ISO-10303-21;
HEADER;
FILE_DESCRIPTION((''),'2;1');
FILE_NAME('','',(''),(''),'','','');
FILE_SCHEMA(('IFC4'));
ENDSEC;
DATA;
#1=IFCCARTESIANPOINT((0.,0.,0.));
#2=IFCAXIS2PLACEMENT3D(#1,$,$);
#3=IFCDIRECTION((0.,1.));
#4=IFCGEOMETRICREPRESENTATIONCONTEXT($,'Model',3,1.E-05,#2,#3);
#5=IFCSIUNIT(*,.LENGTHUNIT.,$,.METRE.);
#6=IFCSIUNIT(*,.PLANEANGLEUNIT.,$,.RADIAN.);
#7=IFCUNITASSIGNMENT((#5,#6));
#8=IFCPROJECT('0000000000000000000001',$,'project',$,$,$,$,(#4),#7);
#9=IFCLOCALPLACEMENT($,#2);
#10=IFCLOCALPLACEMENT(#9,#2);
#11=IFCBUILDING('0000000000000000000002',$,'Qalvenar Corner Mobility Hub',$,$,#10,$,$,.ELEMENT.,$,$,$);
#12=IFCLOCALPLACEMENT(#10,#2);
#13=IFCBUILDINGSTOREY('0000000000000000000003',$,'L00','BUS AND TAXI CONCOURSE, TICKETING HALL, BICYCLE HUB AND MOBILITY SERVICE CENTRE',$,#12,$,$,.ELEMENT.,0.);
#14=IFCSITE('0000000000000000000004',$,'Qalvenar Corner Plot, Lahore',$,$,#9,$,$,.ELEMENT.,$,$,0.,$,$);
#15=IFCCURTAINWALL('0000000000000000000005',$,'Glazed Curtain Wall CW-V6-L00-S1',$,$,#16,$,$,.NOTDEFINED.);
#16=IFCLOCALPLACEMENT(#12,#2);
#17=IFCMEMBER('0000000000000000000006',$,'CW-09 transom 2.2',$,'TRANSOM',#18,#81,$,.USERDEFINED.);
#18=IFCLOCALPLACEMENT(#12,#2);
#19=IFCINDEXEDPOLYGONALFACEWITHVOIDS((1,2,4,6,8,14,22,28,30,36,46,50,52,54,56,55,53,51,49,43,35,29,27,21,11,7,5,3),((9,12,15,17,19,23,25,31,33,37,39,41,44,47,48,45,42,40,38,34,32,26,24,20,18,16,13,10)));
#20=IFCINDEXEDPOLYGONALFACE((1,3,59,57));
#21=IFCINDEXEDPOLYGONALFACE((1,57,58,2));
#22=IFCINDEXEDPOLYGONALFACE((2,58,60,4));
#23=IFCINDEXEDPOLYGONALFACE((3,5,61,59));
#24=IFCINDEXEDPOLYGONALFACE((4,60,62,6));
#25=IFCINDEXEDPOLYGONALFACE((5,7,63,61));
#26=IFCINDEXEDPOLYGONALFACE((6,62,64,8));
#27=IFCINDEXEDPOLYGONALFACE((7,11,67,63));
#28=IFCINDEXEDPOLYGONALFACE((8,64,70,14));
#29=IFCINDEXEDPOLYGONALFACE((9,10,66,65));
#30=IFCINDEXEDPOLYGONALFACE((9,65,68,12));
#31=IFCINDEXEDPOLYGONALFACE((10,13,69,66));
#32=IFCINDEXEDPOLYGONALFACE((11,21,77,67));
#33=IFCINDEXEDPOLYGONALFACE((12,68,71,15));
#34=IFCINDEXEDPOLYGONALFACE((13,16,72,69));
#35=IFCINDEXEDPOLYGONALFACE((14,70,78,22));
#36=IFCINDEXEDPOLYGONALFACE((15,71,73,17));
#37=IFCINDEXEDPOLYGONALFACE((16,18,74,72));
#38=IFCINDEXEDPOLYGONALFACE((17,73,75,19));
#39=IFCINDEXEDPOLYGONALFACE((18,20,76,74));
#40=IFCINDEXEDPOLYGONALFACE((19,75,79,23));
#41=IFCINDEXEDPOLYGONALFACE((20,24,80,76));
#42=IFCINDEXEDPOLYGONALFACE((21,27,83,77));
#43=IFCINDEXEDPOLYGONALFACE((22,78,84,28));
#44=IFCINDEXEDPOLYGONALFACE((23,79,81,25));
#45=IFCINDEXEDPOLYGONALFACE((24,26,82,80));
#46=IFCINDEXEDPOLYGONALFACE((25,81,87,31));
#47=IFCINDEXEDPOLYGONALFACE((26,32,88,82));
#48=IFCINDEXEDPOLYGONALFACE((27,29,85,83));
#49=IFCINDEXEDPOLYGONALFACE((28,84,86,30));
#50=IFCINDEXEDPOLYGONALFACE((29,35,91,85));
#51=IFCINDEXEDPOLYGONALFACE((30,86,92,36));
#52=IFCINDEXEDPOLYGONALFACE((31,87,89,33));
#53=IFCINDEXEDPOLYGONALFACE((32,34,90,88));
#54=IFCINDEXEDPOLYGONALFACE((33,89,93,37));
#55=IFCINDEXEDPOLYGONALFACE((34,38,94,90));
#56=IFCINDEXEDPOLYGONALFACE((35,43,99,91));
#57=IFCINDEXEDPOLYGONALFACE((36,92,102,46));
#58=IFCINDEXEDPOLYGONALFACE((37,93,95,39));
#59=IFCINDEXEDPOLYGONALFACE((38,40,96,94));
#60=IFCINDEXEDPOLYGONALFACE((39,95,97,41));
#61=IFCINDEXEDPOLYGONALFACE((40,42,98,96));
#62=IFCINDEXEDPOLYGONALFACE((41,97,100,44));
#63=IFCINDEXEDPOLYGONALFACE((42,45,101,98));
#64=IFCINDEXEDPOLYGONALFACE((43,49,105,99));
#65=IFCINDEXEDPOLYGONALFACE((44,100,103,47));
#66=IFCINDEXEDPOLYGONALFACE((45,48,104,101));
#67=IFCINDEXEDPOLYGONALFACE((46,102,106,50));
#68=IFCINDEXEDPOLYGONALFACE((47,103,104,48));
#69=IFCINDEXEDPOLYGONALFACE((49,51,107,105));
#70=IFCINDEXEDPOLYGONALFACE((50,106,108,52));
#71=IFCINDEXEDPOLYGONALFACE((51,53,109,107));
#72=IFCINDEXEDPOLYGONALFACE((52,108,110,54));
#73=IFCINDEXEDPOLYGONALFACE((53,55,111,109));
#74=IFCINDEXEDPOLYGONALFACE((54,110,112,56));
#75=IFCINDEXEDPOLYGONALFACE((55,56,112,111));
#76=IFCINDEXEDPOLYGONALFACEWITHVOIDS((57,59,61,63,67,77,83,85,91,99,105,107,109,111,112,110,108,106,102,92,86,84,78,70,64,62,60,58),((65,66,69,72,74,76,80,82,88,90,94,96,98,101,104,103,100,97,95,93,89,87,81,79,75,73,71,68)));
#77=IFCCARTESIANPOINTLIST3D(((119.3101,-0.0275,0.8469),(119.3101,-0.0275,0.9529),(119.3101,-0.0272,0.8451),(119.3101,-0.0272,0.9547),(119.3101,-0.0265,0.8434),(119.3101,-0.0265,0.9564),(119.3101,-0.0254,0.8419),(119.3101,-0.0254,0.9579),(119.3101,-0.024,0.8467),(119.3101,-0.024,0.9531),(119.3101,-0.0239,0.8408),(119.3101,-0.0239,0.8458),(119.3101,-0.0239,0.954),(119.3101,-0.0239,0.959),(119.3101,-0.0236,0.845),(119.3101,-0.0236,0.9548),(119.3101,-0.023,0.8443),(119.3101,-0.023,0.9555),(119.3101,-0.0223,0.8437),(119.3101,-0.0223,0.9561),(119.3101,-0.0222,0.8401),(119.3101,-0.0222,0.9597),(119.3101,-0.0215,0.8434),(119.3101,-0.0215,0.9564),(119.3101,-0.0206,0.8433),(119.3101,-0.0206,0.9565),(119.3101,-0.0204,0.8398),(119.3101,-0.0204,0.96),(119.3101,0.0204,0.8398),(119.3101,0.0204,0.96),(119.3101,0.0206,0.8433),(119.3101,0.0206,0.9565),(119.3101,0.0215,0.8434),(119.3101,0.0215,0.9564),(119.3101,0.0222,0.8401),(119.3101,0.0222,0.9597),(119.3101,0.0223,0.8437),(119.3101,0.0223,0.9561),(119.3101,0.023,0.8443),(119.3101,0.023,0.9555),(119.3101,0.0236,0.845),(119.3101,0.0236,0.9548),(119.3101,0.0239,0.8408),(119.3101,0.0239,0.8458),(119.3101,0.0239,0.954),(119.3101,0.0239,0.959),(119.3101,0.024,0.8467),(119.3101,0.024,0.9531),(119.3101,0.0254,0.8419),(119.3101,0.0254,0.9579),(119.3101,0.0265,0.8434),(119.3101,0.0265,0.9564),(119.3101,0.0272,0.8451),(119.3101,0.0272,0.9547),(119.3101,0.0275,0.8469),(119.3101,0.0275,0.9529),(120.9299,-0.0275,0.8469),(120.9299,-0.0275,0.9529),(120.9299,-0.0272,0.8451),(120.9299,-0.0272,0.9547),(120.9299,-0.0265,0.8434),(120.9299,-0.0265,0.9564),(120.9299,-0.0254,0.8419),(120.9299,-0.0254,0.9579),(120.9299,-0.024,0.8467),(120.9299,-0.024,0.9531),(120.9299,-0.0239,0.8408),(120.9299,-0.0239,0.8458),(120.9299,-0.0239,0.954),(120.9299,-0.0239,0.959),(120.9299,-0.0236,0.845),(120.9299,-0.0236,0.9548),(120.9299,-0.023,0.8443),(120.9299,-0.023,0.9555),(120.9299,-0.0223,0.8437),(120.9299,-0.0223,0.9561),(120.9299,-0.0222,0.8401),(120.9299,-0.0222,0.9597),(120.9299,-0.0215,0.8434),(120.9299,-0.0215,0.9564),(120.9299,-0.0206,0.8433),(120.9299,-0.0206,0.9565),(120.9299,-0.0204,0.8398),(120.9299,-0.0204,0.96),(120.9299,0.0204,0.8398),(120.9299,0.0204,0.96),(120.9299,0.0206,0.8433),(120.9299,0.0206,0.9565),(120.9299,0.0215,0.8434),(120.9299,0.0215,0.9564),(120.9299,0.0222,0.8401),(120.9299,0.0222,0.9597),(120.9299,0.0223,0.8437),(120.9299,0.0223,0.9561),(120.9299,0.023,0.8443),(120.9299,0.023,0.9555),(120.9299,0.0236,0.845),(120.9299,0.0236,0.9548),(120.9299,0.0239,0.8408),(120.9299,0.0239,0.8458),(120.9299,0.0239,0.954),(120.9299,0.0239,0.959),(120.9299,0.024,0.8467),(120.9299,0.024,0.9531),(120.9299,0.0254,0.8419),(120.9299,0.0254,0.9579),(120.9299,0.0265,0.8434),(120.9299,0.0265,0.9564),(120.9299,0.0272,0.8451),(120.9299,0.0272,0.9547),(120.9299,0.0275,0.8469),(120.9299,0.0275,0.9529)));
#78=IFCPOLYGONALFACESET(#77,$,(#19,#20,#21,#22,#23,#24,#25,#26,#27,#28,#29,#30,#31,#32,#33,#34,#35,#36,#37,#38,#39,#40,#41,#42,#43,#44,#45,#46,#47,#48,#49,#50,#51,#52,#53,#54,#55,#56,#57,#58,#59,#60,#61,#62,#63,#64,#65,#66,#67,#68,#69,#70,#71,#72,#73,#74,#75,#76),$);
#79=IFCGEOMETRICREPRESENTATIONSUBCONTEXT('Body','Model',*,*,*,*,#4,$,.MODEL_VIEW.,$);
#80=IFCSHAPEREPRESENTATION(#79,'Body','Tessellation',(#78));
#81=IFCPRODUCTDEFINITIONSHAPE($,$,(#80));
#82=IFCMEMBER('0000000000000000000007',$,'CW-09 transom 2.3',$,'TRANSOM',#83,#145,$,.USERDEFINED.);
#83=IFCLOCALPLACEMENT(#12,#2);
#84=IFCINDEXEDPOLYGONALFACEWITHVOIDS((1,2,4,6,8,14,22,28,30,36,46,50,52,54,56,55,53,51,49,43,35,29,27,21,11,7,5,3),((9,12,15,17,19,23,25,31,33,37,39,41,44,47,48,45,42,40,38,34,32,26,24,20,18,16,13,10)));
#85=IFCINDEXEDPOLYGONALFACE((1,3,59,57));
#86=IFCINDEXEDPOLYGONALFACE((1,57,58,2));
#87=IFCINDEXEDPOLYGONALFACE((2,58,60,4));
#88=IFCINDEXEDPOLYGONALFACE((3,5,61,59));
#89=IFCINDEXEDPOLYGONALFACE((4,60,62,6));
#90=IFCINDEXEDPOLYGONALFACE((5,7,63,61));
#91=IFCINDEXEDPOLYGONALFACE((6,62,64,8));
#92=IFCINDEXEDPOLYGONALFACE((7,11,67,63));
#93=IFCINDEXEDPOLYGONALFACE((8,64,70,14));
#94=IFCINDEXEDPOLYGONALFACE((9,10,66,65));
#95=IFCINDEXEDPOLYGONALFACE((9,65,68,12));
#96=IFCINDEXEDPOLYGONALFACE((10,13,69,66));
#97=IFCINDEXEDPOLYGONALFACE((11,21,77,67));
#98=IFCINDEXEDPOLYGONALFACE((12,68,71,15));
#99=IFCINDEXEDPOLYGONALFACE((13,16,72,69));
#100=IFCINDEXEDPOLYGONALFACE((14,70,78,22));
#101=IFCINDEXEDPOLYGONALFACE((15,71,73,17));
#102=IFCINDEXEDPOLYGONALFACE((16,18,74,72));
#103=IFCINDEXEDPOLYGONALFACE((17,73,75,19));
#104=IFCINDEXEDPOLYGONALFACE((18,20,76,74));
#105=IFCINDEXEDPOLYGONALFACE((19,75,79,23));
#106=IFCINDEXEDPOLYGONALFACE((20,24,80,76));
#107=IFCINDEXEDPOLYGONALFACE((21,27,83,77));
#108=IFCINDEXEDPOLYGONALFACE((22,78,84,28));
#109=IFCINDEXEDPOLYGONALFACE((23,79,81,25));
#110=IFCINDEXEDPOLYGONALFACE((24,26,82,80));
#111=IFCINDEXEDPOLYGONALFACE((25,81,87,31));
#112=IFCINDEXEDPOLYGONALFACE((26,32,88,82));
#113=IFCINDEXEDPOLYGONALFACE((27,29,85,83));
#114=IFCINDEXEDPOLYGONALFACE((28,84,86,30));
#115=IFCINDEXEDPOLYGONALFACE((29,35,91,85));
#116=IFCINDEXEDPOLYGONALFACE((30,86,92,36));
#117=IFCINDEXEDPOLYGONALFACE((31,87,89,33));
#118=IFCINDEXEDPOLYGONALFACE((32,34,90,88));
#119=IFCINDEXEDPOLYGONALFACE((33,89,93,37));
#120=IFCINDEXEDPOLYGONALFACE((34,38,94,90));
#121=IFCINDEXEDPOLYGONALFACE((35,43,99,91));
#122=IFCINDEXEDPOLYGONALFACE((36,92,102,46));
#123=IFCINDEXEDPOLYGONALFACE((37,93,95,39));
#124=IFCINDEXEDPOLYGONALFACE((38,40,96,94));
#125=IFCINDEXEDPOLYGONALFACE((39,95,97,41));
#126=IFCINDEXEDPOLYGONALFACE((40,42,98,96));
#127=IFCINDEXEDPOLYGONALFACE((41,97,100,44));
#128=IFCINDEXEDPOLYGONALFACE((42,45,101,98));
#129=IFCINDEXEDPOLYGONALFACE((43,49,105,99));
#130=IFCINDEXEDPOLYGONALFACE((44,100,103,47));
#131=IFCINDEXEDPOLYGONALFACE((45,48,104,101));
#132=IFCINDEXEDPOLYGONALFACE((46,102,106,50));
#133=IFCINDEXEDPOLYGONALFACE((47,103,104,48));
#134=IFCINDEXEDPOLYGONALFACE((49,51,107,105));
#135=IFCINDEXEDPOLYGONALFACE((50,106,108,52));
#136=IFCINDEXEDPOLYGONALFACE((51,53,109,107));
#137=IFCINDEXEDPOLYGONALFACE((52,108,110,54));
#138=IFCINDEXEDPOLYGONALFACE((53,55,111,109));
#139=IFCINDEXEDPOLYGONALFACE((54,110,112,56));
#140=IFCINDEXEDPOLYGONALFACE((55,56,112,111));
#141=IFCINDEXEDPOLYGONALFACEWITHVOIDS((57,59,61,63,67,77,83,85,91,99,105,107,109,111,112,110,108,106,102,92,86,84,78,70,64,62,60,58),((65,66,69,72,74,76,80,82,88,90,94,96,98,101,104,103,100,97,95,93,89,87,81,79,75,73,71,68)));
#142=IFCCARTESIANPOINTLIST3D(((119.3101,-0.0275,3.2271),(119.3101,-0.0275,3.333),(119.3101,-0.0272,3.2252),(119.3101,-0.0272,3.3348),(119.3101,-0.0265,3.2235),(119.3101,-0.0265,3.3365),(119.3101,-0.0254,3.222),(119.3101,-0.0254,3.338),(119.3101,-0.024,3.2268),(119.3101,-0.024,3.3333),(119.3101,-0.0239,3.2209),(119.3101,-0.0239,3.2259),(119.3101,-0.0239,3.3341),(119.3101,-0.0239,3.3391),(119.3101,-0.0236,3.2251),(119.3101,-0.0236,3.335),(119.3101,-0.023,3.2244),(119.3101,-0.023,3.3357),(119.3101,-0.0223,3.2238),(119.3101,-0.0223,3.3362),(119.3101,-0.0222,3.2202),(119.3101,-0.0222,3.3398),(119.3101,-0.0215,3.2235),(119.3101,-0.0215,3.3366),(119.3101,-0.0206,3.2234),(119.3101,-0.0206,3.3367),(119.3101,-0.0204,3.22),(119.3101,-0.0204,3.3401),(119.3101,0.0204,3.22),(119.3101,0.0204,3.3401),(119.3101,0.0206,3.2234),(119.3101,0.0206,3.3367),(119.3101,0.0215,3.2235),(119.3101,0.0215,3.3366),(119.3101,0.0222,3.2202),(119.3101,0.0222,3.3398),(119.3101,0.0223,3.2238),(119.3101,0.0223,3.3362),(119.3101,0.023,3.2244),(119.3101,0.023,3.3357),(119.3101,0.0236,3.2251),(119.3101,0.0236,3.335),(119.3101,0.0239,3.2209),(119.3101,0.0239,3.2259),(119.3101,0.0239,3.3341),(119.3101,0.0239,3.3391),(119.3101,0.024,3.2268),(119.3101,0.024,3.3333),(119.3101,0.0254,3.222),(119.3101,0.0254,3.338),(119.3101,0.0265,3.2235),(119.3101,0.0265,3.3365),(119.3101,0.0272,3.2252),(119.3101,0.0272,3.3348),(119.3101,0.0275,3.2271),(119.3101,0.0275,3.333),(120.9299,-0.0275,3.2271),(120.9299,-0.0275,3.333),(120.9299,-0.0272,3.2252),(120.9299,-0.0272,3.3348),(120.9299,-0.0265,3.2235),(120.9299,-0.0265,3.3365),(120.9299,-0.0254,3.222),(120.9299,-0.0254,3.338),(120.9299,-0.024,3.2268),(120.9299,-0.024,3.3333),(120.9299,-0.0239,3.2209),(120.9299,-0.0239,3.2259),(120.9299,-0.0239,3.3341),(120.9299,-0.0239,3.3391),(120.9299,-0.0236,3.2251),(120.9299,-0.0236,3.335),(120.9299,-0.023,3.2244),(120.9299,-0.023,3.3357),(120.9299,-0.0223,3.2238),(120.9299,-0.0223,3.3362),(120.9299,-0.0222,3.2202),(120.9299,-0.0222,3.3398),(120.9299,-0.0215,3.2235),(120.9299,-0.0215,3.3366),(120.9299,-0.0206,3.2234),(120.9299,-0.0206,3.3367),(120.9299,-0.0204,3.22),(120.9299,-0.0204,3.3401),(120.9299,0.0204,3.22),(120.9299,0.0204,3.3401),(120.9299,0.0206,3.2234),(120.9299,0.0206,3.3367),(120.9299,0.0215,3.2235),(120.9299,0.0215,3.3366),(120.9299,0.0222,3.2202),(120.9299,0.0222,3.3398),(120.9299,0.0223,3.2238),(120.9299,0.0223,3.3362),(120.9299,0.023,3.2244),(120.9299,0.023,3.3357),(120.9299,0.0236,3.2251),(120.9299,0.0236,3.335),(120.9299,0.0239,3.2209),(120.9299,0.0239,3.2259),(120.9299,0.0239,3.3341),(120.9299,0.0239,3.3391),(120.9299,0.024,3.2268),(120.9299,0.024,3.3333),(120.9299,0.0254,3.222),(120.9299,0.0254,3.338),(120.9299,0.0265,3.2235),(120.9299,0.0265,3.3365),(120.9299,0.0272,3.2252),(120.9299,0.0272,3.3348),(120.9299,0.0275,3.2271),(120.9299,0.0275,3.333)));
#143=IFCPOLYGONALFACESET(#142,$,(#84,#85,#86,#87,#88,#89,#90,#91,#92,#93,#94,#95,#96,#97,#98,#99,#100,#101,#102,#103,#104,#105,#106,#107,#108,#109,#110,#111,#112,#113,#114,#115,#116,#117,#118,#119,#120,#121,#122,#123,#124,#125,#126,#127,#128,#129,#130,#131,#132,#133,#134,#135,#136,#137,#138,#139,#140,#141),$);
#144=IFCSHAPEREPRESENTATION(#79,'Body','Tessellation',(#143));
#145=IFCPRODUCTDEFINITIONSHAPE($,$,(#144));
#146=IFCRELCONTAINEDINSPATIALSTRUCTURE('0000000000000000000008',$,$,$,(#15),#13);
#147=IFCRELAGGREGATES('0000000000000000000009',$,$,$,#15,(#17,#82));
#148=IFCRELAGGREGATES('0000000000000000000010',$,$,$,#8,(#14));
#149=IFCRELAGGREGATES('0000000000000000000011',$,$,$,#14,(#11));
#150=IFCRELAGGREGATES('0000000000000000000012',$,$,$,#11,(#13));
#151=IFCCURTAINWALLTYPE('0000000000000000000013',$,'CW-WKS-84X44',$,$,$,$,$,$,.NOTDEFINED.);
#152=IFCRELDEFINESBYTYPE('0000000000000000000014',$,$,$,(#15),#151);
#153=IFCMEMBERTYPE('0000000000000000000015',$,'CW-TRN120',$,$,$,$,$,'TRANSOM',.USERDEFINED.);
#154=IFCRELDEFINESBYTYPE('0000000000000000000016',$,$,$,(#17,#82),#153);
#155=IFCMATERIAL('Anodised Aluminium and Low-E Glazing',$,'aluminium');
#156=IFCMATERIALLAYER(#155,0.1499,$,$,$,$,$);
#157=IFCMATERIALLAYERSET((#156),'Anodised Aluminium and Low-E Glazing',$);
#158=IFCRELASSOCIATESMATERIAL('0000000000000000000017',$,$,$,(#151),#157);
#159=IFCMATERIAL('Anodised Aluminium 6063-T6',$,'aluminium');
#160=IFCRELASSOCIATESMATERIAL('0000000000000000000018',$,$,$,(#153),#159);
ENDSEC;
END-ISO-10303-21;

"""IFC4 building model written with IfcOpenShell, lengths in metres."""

from ifc_helpers import new_model, si_unit, direction, frame, origin, origin_2d, place, context, subcontext, project, spatial, hollow_rectangle, extrude, material, layer, layer_set, material_profile, profile_set, type_object, element, aggregate, save


model = new_model("IFC4")

# Units and contexts
model_context = context("Model", 3, precision=1e-05, world=origin(), true_north=direction((0.0, 1.0)))
body_context = subcontext(model_context, "Body", "Model", "MODEL_VIEW")
ifc_project = project(units=[si_unit("LENGTHUNIT", "METRE"), si_unit("PLANEANGLEUNIT", "RADIAN")], contexts=[model_context])

# Site, building, storey
site_placement = place(None, origin())
site = spatial("IfcSite", under=ifc_project, at=site_placement, Name="Qalvenar Corner Plot, Lahore", CompositionType="ELEMENT", RefElevation=0.0)
building_placement = place(site_placement, origin())
building = spatial("IfcBuilding", under=site, at=building_placement, Name="Qalvenar Corner Mobility Hub", CompositionType="ELEMENT")
storey_placement = place(building_placement, origin())
storey = spatial("IfcBuildingStorey", under=building, at=storey_placement, Name="L00", Description="BUS AND TAXI CONCOURSE, TICKETING HALL, BICYCLE HUB AND MOBILITY SERVICE CENTRE", CompositionType="ELEMENT", Elevation=0.0)

# Curtain wall, members
ifc_material_1 = material(Name="Anodised Aluminium and Low-E Glazing", Category="aluminium")
ifc_layer_1 = layer(ifc_material_1, 0.1499)
ifc_layer_set_1 = layer_set([ifc_layer_1], Name="Anodised Aluminium and Low-E Glazing")
curtain_wall_type = type_object("IfcCurtainWallType", Name="CW-WKS-84X44", PredefinedType="NOTDEFINED", material=ifc_layer_set_1)
curtain_wall_placement = place(storey_placement, origin())
curtain_wall = element("IfcCurtainWall", 1, at=curtain_wall_placement, inside=storey, type_object=curtain_wall_type, Name="Glazed Curtain Wall CW-V6-L00-S1", PredefinedType="NOTDEFINED")
ifc_material_2 = material(Name="Anodised Aluminium 6063-T6", Category="aluminium")
ifc_material_profile_1 = material_profile(ifc_material_2, hollow_rectangle(XDim=0.0549, YDim=0.1201, WallThickness=0.0034, InnerFilletRadius=0.0034, OuterFilletRadius=0.0071, at=origin_2d()), Name="RHS120x55x3.5")
ifc_profile_set_1 = profile_set([ifc_material_profile_1], Name="Anodised Aluminium 6063-T6")
member_type_1 = type_object("IfcMemberType", Name="CW-TRN120", ElementType="TRANSOM", PredefinedType="USERDEFINED", material=ifc_profile_set_1)
member_1_placement = place(storey_placement, frame((119.3101, 0.0, 0.8999), z_axis=(1.0, 0.0, 0.0), x_axis=(0.0, 1.0, 0.0)))
member_1 = element("IfcMember", 2, at=member_1_placement, type_object=member_type_1, Name="CW-09 transom 2.2", ObjectType="TRANSOM", PredefinedType="USERDEFINED", context=body_context, shape_type="SweptSolid", body=[
    extrude(hollow_rectangle(XDim=0.0549, YDim=0.1201, WallThickness=0.0034, InnerFilletRadius=0.0034, OuterFilletRadius=0.0071, at=origin_2d()), origin(), (0.0, 0.0, 1.0), 1.6199),
])
member_2_placement = place(storey_placement, frame((119.3101, 0.0, 3.28), z_axis=(1.0, 0.0, 0.0), x_axis=(0.0, 1.0, 0.0)))
member_2 = element("IfcMember", 3, at=member_2_placement, type_object=member_type_1, Name="CW-09 transom 2.3", ObjectType="TRANSOM", PredefinedType="USERDEFINED", context=body_context, shape_type="SweptSolid", body=[
    extrude(hollow_rectangle(XDim=0.0549, YDim=0.1201, WallThickness=0.0034, InnerFilletRadius=0.0034, OuterFilletRadius=0.0071, at=origin_2d()), origin(), (0.0, 0.0, 1.0), 1.6199),
])
aggregate(curtain_wall, [member_1, member_2])

save(model, "model.ifc")
